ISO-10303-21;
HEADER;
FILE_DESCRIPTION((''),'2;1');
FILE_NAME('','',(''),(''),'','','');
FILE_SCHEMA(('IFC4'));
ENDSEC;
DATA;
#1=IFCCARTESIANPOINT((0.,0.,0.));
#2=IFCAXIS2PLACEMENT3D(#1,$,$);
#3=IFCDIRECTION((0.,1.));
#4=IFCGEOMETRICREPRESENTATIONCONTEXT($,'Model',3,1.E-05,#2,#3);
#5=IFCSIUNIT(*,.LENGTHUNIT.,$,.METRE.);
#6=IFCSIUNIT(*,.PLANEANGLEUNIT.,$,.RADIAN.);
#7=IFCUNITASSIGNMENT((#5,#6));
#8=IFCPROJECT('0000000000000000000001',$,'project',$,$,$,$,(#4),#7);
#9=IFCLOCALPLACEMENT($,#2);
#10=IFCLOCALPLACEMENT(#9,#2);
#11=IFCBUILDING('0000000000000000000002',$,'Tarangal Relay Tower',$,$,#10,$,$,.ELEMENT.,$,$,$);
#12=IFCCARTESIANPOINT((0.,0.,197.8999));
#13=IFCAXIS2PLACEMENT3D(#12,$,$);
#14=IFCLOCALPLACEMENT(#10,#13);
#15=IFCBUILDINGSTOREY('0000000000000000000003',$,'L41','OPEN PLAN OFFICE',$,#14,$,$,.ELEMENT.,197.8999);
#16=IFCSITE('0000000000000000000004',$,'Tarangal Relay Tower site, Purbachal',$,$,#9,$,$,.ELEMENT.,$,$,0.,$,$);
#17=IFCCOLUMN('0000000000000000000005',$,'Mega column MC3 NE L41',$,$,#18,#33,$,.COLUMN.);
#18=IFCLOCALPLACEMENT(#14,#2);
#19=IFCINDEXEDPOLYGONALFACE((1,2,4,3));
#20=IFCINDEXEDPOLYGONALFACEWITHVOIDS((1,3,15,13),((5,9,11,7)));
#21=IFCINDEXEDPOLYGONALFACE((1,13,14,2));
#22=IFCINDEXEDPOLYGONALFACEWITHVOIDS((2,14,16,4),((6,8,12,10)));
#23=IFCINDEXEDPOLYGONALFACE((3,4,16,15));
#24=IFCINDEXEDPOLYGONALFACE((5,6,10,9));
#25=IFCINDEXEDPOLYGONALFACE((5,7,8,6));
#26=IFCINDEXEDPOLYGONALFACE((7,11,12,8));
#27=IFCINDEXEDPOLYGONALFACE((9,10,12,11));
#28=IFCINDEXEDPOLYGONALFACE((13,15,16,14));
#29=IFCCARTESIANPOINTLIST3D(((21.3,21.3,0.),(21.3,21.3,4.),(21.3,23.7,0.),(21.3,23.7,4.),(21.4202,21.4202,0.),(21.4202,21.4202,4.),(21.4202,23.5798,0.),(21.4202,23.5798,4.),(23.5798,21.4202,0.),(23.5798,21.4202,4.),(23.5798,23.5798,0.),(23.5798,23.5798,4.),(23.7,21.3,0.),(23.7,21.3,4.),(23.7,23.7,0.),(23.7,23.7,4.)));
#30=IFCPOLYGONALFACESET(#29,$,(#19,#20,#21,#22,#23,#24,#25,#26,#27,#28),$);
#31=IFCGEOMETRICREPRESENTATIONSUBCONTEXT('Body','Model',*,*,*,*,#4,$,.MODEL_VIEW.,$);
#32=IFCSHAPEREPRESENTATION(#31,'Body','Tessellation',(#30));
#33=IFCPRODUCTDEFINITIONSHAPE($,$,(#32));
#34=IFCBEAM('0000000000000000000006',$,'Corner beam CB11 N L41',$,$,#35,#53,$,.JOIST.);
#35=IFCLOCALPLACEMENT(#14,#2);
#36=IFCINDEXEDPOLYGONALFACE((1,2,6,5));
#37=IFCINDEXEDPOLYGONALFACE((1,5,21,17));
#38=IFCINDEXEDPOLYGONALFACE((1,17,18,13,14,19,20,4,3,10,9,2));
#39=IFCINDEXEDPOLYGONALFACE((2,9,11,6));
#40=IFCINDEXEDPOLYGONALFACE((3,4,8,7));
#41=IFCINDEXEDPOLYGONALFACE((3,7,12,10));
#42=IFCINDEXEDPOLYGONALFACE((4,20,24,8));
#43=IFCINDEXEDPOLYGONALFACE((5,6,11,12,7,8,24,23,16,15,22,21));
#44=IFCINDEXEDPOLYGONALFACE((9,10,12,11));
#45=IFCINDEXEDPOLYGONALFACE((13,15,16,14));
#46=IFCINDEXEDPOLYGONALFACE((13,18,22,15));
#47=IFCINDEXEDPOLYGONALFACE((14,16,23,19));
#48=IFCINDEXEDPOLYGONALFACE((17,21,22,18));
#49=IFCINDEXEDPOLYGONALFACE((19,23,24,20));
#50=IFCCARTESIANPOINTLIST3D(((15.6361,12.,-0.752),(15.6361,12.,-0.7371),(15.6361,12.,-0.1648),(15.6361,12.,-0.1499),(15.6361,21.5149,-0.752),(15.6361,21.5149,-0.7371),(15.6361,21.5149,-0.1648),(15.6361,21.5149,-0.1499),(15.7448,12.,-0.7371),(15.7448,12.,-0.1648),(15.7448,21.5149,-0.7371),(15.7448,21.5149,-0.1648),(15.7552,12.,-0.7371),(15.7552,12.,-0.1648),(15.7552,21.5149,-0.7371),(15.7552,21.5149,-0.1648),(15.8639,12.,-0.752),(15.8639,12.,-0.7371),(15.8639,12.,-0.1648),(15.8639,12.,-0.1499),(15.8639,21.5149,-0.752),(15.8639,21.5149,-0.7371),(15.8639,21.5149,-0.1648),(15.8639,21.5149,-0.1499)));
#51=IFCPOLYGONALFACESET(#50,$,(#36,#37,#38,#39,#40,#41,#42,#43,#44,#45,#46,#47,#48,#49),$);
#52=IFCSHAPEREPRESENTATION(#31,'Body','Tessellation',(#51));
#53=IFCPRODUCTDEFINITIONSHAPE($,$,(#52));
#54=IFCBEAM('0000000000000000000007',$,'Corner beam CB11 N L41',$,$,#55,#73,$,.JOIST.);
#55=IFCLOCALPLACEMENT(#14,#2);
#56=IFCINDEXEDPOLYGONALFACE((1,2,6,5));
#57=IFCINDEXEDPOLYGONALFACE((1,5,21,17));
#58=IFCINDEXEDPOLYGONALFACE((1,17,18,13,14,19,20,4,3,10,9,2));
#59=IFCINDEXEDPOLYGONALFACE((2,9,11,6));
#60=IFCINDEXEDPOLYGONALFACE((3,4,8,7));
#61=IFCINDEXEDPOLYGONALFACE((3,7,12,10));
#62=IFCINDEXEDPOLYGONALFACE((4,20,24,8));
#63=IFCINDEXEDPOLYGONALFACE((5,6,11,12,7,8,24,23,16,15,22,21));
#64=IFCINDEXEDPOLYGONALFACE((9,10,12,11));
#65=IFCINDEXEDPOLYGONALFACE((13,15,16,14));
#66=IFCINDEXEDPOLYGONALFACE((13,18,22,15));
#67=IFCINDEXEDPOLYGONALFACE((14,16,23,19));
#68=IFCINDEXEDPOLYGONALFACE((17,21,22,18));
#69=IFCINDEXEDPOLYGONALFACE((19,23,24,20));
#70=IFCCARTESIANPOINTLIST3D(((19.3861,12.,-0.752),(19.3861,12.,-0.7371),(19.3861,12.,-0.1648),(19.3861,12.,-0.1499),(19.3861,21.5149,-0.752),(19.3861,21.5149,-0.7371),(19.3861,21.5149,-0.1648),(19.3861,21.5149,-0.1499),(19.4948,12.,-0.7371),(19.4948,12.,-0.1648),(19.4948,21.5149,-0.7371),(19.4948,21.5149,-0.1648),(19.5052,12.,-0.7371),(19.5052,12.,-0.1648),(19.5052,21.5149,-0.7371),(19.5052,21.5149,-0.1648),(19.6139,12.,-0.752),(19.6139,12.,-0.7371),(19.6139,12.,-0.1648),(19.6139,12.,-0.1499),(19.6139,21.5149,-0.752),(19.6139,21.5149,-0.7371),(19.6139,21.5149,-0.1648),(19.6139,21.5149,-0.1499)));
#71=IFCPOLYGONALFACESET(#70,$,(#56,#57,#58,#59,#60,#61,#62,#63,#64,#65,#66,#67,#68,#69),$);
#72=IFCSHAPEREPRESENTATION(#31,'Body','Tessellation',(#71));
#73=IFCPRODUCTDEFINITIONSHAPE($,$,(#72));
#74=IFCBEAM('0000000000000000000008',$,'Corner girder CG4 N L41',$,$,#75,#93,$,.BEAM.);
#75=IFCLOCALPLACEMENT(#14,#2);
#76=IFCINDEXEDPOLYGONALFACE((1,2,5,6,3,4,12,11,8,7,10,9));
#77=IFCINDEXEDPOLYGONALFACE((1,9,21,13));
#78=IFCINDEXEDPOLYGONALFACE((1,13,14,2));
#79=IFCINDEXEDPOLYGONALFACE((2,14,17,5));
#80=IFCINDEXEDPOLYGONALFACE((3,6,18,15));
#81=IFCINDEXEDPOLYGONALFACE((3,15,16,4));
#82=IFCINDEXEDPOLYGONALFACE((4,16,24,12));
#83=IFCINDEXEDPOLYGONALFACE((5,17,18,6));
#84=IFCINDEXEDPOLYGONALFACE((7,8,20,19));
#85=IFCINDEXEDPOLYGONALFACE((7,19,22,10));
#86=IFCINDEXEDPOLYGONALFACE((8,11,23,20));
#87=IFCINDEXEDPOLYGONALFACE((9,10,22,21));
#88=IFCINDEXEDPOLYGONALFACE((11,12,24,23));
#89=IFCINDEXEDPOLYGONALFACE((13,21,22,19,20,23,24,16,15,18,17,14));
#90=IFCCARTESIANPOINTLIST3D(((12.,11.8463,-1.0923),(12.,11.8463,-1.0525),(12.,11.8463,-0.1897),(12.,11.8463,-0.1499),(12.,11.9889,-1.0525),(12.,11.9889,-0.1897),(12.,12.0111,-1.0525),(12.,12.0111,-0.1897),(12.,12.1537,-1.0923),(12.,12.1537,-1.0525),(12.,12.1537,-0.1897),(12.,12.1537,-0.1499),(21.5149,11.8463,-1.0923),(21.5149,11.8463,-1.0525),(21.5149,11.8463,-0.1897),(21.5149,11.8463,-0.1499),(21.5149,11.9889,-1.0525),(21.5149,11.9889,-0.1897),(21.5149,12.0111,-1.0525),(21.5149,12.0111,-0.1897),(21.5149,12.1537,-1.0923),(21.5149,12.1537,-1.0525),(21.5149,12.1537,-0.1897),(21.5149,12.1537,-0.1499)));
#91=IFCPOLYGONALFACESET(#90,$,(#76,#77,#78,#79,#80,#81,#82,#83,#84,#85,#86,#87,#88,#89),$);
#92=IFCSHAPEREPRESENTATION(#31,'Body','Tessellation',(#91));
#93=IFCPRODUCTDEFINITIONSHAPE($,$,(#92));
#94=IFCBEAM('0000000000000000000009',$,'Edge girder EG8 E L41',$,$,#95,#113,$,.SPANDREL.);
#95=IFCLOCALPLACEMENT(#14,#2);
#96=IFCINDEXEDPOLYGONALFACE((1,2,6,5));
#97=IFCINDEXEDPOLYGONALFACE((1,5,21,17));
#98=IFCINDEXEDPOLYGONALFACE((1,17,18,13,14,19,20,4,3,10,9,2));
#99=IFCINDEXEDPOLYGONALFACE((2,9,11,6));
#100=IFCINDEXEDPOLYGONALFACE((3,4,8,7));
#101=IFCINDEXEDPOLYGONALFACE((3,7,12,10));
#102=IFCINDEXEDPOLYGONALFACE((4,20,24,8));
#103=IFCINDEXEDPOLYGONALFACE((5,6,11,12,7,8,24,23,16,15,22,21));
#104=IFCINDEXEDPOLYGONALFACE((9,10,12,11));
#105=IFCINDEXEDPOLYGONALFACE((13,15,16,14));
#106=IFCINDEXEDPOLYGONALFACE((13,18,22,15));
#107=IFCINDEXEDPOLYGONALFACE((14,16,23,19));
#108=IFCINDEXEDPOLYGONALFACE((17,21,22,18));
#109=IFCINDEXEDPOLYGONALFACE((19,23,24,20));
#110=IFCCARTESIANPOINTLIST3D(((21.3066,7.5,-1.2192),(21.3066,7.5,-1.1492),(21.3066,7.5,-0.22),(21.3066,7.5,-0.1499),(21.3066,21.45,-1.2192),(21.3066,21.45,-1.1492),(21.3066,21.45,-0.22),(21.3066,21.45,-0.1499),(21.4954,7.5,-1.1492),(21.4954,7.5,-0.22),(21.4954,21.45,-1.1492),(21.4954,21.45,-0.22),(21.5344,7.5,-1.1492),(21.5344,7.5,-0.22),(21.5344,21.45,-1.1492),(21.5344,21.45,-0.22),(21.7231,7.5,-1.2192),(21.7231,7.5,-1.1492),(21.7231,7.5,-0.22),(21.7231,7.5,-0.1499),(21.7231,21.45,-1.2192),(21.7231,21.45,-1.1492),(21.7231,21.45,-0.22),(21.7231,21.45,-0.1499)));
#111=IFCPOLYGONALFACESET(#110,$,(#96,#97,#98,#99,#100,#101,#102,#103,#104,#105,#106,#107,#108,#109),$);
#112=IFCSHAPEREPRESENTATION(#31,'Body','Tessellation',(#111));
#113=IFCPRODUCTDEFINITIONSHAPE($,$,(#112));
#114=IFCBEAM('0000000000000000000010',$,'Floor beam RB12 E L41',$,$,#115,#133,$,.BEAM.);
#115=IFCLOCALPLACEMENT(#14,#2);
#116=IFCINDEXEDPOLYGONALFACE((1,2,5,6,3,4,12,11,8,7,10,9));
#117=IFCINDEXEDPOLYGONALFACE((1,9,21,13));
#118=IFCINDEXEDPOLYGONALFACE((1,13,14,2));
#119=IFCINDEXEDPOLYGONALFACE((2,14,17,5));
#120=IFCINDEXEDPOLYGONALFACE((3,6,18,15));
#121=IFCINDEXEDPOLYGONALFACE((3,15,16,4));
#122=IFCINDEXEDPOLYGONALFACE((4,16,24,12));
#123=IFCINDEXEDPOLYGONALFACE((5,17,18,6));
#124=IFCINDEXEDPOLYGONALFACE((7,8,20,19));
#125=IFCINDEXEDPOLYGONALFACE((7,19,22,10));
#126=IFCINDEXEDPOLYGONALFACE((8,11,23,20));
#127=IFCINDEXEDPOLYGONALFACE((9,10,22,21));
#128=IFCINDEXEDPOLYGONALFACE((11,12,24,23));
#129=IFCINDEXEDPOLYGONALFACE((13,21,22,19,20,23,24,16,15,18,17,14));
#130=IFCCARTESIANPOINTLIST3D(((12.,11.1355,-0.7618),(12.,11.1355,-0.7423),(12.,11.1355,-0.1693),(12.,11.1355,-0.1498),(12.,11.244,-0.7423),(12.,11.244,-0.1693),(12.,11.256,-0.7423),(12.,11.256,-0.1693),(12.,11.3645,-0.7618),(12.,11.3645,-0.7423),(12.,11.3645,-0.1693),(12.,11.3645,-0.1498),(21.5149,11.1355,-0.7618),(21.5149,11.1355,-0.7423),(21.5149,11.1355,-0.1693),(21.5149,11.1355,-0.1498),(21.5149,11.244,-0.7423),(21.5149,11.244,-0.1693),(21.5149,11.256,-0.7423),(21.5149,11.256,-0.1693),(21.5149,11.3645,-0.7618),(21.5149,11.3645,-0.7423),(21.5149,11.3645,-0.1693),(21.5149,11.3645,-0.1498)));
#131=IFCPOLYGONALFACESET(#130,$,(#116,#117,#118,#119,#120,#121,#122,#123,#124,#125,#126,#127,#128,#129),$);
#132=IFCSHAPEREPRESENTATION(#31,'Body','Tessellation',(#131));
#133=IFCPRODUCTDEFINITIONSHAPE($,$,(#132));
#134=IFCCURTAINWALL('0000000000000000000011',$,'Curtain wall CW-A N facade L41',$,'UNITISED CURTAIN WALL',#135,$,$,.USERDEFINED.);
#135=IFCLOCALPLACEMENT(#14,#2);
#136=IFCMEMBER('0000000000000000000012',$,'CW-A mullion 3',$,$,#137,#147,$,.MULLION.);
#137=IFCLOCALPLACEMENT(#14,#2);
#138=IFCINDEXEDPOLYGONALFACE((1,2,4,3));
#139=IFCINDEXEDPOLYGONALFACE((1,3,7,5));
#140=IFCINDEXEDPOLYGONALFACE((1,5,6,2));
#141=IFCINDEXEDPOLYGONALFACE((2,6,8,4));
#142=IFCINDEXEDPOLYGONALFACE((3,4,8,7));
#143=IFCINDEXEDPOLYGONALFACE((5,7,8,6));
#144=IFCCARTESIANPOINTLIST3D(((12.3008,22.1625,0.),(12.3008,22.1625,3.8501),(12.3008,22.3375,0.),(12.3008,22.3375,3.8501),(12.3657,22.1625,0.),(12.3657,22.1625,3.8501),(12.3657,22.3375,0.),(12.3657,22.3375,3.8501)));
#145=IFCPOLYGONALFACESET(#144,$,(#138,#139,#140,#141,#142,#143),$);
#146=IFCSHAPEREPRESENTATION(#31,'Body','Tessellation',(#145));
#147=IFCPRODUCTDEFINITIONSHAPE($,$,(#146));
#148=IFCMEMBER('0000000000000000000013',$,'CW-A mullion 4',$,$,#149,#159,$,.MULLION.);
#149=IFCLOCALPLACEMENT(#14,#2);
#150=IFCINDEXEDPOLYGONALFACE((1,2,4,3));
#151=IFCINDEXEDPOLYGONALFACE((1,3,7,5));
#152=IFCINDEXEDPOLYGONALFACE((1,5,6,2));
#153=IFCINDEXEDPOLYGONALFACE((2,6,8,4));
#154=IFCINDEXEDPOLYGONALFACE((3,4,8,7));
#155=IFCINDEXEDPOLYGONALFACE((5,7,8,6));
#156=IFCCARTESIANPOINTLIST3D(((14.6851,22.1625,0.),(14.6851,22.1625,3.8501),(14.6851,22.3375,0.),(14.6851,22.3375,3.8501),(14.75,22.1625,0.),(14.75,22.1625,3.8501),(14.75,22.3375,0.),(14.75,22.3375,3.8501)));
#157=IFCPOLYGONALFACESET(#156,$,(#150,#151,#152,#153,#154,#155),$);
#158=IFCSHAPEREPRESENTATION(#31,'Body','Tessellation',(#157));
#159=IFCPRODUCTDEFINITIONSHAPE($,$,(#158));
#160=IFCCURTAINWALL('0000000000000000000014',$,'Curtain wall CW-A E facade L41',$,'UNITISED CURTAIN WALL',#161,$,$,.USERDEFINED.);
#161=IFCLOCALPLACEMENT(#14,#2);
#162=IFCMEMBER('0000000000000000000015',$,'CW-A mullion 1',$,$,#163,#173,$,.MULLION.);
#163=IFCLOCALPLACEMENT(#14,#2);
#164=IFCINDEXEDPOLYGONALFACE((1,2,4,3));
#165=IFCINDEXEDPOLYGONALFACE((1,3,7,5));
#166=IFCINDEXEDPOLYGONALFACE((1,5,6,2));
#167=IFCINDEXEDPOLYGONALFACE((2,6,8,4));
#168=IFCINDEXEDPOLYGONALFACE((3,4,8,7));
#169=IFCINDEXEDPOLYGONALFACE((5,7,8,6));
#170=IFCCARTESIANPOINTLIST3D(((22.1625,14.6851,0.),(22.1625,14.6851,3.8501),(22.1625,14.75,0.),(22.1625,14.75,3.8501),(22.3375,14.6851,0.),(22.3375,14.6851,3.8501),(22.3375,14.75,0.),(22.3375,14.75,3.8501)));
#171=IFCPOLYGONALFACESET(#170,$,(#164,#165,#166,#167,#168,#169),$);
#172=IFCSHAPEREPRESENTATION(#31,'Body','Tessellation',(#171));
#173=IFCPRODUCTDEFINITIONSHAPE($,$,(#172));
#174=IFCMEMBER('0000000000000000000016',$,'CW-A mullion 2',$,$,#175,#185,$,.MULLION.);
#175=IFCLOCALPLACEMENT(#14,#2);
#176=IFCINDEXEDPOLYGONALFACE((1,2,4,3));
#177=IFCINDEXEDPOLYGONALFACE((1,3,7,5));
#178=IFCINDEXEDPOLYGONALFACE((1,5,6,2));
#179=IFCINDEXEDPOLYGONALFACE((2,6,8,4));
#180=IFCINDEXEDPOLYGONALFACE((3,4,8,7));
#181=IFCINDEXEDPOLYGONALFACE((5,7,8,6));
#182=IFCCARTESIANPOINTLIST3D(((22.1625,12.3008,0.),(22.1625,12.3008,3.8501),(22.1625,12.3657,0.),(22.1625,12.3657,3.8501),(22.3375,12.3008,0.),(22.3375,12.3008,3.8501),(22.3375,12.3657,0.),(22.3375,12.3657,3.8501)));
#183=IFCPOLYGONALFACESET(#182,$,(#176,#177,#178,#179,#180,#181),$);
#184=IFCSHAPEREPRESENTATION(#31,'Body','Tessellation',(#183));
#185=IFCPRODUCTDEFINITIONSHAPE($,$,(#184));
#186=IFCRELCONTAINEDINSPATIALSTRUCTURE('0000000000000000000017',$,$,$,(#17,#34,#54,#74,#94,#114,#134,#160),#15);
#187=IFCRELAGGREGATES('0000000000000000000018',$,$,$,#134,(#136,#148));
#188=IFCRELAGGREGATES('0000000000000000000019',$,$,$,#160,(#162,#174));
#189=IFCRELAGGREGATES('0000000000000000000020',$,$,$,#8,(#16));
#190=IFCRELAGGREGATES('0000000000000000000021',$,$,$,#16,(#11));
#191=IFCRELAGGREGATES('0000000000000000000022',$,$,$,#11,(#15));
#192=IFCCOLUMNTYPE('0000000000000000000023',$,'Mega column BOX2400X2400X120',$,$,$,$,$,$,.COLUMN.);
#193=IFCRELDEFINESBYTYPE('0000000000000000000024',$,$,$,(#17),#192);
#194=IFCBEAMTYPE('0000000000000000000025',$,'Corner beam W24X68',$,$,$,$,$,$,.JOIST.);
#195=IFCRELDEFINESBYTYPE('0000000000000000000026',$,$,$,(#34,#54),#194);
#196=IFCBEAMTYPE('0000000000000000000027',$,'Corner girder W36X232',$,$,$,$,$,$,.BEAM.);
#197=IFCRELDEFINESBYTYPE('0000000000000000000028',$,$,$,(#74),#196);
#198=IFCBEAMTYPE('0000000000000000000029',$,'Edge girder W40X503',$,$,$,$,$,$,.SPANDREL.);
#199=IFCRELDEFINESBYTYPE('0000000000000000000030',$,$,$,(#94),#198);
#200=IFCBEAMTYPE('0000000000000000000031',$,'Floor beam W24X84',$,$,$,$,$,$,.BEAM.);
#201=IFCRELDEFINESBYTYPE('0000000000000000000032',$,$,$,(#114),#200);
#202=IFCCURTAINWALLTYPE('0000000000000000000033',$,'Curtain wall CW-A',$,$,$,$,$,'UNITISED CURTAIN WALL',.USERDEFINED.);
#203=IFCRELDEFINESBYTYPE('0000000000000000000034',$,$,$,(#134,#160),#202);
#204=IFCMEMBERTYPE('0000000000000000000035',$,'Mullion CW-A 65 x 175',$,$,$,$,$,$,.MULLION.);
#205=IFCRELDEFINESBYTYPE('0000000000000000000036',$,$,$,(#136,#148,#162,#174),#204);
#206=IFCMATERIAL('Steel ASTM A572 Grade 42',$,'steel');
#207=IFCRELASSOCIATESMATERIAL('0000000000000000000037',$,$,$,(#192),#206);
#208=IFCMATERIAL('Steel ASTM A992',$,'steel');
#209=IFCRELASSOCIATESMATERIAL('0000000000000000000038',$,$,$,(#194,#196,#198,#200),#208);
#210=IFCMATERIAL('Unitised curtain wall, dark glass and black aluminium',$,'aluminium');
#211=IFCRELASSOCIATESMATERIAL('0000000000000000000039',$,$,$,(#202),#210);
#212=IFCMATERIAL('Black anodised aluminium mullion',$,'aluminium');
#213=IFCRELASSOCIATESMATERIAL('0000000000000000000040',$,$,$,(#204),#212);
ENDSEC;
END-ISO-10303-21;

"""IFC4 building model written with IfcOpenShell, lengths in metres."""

from ifc_helpers import new_model, si_unit, direction, frame, origin, origin_2d, place, context, subcontext, project, spatial, rectangle, hollow_rectangle, i_section, extrude, material, material_profile, profile_set, type_object, element, aggregate, save


model = new_model("IFC4")

# Units and contexts
model_context = context("Model", 3, precision=1e-05, world=origin(), true_north=direction((0.0, 1.0)))
body_context = subcontext(model_context, "Body", "Model", "MODEL_VIEW")
ifc_project = project(units=[si_unit("LENGTHUNIT", "METRE"), si_unit("PLANEANGLEUNIT", "RADIAN")], contexts=[model_context])

# Site, building, storey
site_placement = place(None, origin())
site = spatial("IfcSite", under=ifc_project, at=site_placement, Name="Tarangal Relay Tower site, Purbachal", CompositionType="ELEMENT", RefElevation=0.0)
building_placement = place(site_placement, origin())
building = spatial("IfcBuilding", under=site, at=building_placement, Name="Tarangal Relay Tower", CompositionType="ELEMENT")
storey_placement = place(building_placement, frame((0.0, 0.0, 197.8999)))
storey = spatial("IfcBuildingStorey", under=building, at=storey_placement, Name="L41", Description="OPEN PLAN OFFICE", CompositionType="ELEMENT", Elevation=197.8999)

# Column
ifc_material_1 = material(Name="Steel ASTM A572 Grade 42", Category="steel")
ifc_material_profile_1 = material_profile(ifc_material_1, hollow_rectangle(XDim=2.3999, YDim=2.3999, WallThickness=0.1201, at=origin_2d()), Name="BOX2400X2400X120")
ifc_profile_set_1 = profile_set([ifc_material_profile_1], Name="Steel ASTM A572 Grade 42")
column_type = type_object("IfcColumnType", Name="Mega column BOX2400X2400X120", PredefinedType="COLUMN", material=ifc_profile_set_1)
column_placement = place(storey_placement, frame((22.5, 22.5, 0.0), z_axis=(0.0, 0.0, 1.0), x_axis=(1.0, 0.0, 0.0)))
element("IfcColumn", 1, at=column_placement, inside=storey, type_object=column_type, Name="Mega column MC3 NE L41", PredefinedType="COLUMN", context=body_context, shape_type="SweptSolid", body=[
    extrude(hollow_rectangle(XDim=2.3999, YDim=2.3999, WallThickness=0.1201, at=origin_2d()), origin(), (0.0, 0.0, 1.0), 4.0),
])

# Beams
ifc_material_2 = material(Name="Steel ASTM A992", Category="steel")
ifc_material_profile_2 = material_profile(ifc_material_2, i_section(OverallWidth=0.2278, OverallDepth=0.6021, WebThickness=0.0105, FlangeThickness=0.0149, at=origin_2d()), Name="W24X68")
ifc_profile_set_2 = profile_set([ifc_material_profile_2], Name="Steel ASTM A992")
beam_type_1 = type_object("IfcBeamType", Name="Corner beam W24X68", PredefinedType="JOIST", material=ifc_profile_set_2)
for number, where, z_axis, x_axis, name in (
    (2, (15.75, 12.0, -0.4509), (0.0, 1.0, 0.0), (-1.0, 0.0, 0.0), "Corner beam CB11 N L41"),
    (3, (19.5, 12.0, -0.4509), (0.0, 1.0, 0.0), (-1.0, 0.0, 0.0), "Corner beam CB11 N L41"),
):
    element("IfcBeam", number, at=place(storey_placement, frame(where, z_axis=z_axis, x_axis=x_axis)), inside=storey, type_object=beam_type_1, Name=name, PredefinedType="JOIST", context=body_context, shape_type="SweptSolid", body=[
        extrude(i_section(OverallWidth=0.2278, OverallDepth=0.6021, WebThickness=0.0105, FlangeThickness=0.0149, at=origin_2d()), origin(), (0.0, 0.0, 1.0), 9.5149),
    ])
ifc_material_profile_3 = material_profile(ifc_material_2, i_section(OverallWidth=0.3074, OverallDepth=0.9424, WebThickness=0.0222, FlangeThickness=0.0398, at=origin_2d()), Name="W36X232")
ifc_profile_set_3 = profile_set([ifc_material_profile_3], Name="Steel ASTM A992")
beam_type_2 = type_object("IfcBeamType", Name="Corner girder W36X232", PredefinedType="BEAM", material=ifc_profile_set_3)
beam_1_placement = place(storey_placement, frame((12.0, 12.0, -0.6211), z_axis=(1.0, 0.0, 0.0), x_axis=(0.0, 1.0, 0.0)))
element("IfcBeam", 4, at=beam_1_placement, inside=storey, type_object=beam_type_2, Name="Corner girder CG4 N L41", PredefinedType="BEAM", context=body_context, shape_type="SweptSolid", body=[
    extrude(i_section(OverallWidth=0.3074, OverallDepth=0.9424, WebThickness=0.0222, FlangeThickness=0.0398, at=origin_2d()), origin(), (0.0, 0.0, 1.0), 9.5149),
])
ifc_material_profile_4 = material_profile(ifc_material_2, i_section(OverallWidth=0.4165, OverallDepth=1.0693, WebThickness=0.0391, FlangeThickness=0.0701, at=origin_2d()), Name="W40X503")
ifc_profile_set_4 = profile_set([ifc_material_profile_4], Name="Steel ASTM A992")
beam_type_3 = type_object("IfcBeamType", Name="Edge girder W40X503", PredefinedType="SPANDREL", material=ifc_profile_set_4)
beam_2_placement = place(storey_placement, frame((21.5149, 21.45, -0.6846), z_axis=(0.0, -1.0, 0.0), x_axis=(1.0, 0.0, 0.0)))
element("IfcBeam", 5, at=beam_2_placement, inside=storey, type_object=beam_type_3, Name="Edge girder EG8 E L41", PredefinedType="SPANDREL", context=body_context, shape_type="SweptSolid", body=[
    extrude(i_section(OverallWidth=0.4165, OverallDepth=1.0693, WebThickness=0.0391, FlangeThickness=0.0701, at=origin_2d()), origin(), (0.0, 0.0, 1.0), 13.95),
])
ifc_material_profile_5 = material_profile(ifc_material_2, i_section(OverallWidth=0.229, OverallDepth=0.6121, WebThickness=0.012, FlangeThickness=0.0195, at=origin_2d()), Name="W24X84")
ifc_profile_set_5 = profile_set([ifc_material_profile_5], Name="Steel ASTM A992")
beam_type_4 = type_object("IfcBeamType", Name="Floor beam W24X84", PredefinedType="BEAM", material=ifc_profile_set_5)
beam_3_placement = place(storey_placement, frame((12.0, 11.25, -0.4558), z_axis=(1.0, 0.0, 0.0), x_axis=(0.0, 1.0, 0.0)))
element("IfcBeam", 6, at=beam_3_placement, inside=storey, type_object=beam_type_4, Name="Floor beam RB12 E L41", PredefinedType="BEAM", context=body_context, shape_type="SweptSolid", body=[
    extrude(i_section(OverallWidth=0.229, OverallDepth=0.6121, WebThickness=0.012, FlangeThickness=0.0195, at=origin_2d()), origin(), (0.0, 0.0, 1.0), 9.5149),
])

# Curtain walls, members
ifc_material_3 = material(Name="Unitised curtain wall, dark glass and black aluminium", Category="aluminium")
curtain_wall_type = type_object("IfcCurtainWallType", Name="Curtain wall CW-A", ElementType="UNITISED CURTAIN WALL", PredefinedType="USERDEFINED", material=ifc_material_3)
curtain_wall_1_placement = place(storey_placement, origin())
curtain_wall_1 = element("IfcCurtainWall", 7, at=curtain_wall_1_placement, inside=storey, type_object=curtain_wall_type, Name="Curtain wall CW-A N facade L41", ObjectType="UNITISED CURTAIN WALL", PredefinedType="USERDEFINED")
ifc_material_4 = material(Name="Black anodised aluminium mullion", Category="aluminium")
ifc_material_profile_6 = material_profile(ifc_material_4, rectangle(XDim=0.175, YDim=0.0649, at=origin_2d()), Name="CW-AM 65X175")
ifc_profile_set_6 = profile_set([ifc_material_profile_6], Name="Black anodised aluminium mullion")
member_type_1 = type_object("IfcMemberType", Name="Mullion CW-A 65 x 175", PredefinedType="MULLION", material=ifc_profile_set_6)
member_1_placement = place(storey_placement, frame((12.3333, 22.25, 0.0), z_axis=(0.0, 0.0, 1.0), x_axis=(0.0, 1.0, 0.0)))
member_1 = element("IfcMember", 8, at=member_1_placement, type_object=member_type_1, Name="CW-A mullion 3", PredefinedType="MULLION", context=body_context, shape_type="SweptSolid", body=[
    extrude(rectangle(XDim=0.175, YDim=0.0649, at=origin_2d()), origin(), (0.0, 0.0, 1.0), 3.8501),
])
member_2_placement = place(storey_placement, frame((14.7175, 22.25, 0.0), z_axis=(0.0, 0.0, 1.0), x_axis=(0.0, 1.0, 0.0)))
member_2 = element("IfcMember", 9, at=member_2_placement, type_object=member_type_1, Name="CW-A mullion 4", PredefinedType="MULLION", context=body_context, shape_type="SweptSolid", body=[
    extrude(rectangle(XDim=0.175, YDim=0.0649, at=origin_2d()), origin(), (0.0, 0.0, 1.0), 3.8501),
])
curtain_wall_2_placement = place(storey_placement, origin())
curtain_wall_2 = element("IfcCurtainWall", 10, at=curtain_wall_2_placement, inside=storey, type_object=curtain_wall_type, Name="Curtain wall CW-A E facade L41", ObjectType="UNITISED CURTAIN WALL", PredefinedType="USERDEFINED")
member_3_placement = place(storey_placement, frame((22.25, 14.7175, 0.0), z_axis=(0.0, 0.0, 1.0), x_axis=(1.0, 0.0, 0.0)))
member_3 = element("IfcMember", 11, at=member_3_placement, type_object=member_type_1, Name="CW-A mullion 1", PredefinedType="MULLION", context=body_context, shape_type="SweptSolid", body=[
    extrude(rectangle(XDim=0.175, YDim=0.0649, at=origin_2d()), origin(), (0.0, 0.0, 1.0), 3.8501),
])
member_4_placement = place(storey_placement, frame((22.25, 12.3333, 0.0), z_axis=(0.0, 0.0, 1.0), x_axis=(1.0, 0.0, 0.0)))
member_4 = element("IfcMember", 12, at=member_4_placement, type_object=member_type_1, Name="CW-A mullion 2", PredefinedType="MULLION", context=body_context, shape_type="SweptSolid", body=[
    extrude(rectangle(XDim=0.175, YDim=0.0649, at=origin_2d()), origin(), (0.0, 0.0, 1.0), 3.8501),
])

aggregate(curtain_wall_1, [member_1, member_2])
aggregate(curtain_wall_2, [member_3, member_4])

save(model, "model.ifc")
